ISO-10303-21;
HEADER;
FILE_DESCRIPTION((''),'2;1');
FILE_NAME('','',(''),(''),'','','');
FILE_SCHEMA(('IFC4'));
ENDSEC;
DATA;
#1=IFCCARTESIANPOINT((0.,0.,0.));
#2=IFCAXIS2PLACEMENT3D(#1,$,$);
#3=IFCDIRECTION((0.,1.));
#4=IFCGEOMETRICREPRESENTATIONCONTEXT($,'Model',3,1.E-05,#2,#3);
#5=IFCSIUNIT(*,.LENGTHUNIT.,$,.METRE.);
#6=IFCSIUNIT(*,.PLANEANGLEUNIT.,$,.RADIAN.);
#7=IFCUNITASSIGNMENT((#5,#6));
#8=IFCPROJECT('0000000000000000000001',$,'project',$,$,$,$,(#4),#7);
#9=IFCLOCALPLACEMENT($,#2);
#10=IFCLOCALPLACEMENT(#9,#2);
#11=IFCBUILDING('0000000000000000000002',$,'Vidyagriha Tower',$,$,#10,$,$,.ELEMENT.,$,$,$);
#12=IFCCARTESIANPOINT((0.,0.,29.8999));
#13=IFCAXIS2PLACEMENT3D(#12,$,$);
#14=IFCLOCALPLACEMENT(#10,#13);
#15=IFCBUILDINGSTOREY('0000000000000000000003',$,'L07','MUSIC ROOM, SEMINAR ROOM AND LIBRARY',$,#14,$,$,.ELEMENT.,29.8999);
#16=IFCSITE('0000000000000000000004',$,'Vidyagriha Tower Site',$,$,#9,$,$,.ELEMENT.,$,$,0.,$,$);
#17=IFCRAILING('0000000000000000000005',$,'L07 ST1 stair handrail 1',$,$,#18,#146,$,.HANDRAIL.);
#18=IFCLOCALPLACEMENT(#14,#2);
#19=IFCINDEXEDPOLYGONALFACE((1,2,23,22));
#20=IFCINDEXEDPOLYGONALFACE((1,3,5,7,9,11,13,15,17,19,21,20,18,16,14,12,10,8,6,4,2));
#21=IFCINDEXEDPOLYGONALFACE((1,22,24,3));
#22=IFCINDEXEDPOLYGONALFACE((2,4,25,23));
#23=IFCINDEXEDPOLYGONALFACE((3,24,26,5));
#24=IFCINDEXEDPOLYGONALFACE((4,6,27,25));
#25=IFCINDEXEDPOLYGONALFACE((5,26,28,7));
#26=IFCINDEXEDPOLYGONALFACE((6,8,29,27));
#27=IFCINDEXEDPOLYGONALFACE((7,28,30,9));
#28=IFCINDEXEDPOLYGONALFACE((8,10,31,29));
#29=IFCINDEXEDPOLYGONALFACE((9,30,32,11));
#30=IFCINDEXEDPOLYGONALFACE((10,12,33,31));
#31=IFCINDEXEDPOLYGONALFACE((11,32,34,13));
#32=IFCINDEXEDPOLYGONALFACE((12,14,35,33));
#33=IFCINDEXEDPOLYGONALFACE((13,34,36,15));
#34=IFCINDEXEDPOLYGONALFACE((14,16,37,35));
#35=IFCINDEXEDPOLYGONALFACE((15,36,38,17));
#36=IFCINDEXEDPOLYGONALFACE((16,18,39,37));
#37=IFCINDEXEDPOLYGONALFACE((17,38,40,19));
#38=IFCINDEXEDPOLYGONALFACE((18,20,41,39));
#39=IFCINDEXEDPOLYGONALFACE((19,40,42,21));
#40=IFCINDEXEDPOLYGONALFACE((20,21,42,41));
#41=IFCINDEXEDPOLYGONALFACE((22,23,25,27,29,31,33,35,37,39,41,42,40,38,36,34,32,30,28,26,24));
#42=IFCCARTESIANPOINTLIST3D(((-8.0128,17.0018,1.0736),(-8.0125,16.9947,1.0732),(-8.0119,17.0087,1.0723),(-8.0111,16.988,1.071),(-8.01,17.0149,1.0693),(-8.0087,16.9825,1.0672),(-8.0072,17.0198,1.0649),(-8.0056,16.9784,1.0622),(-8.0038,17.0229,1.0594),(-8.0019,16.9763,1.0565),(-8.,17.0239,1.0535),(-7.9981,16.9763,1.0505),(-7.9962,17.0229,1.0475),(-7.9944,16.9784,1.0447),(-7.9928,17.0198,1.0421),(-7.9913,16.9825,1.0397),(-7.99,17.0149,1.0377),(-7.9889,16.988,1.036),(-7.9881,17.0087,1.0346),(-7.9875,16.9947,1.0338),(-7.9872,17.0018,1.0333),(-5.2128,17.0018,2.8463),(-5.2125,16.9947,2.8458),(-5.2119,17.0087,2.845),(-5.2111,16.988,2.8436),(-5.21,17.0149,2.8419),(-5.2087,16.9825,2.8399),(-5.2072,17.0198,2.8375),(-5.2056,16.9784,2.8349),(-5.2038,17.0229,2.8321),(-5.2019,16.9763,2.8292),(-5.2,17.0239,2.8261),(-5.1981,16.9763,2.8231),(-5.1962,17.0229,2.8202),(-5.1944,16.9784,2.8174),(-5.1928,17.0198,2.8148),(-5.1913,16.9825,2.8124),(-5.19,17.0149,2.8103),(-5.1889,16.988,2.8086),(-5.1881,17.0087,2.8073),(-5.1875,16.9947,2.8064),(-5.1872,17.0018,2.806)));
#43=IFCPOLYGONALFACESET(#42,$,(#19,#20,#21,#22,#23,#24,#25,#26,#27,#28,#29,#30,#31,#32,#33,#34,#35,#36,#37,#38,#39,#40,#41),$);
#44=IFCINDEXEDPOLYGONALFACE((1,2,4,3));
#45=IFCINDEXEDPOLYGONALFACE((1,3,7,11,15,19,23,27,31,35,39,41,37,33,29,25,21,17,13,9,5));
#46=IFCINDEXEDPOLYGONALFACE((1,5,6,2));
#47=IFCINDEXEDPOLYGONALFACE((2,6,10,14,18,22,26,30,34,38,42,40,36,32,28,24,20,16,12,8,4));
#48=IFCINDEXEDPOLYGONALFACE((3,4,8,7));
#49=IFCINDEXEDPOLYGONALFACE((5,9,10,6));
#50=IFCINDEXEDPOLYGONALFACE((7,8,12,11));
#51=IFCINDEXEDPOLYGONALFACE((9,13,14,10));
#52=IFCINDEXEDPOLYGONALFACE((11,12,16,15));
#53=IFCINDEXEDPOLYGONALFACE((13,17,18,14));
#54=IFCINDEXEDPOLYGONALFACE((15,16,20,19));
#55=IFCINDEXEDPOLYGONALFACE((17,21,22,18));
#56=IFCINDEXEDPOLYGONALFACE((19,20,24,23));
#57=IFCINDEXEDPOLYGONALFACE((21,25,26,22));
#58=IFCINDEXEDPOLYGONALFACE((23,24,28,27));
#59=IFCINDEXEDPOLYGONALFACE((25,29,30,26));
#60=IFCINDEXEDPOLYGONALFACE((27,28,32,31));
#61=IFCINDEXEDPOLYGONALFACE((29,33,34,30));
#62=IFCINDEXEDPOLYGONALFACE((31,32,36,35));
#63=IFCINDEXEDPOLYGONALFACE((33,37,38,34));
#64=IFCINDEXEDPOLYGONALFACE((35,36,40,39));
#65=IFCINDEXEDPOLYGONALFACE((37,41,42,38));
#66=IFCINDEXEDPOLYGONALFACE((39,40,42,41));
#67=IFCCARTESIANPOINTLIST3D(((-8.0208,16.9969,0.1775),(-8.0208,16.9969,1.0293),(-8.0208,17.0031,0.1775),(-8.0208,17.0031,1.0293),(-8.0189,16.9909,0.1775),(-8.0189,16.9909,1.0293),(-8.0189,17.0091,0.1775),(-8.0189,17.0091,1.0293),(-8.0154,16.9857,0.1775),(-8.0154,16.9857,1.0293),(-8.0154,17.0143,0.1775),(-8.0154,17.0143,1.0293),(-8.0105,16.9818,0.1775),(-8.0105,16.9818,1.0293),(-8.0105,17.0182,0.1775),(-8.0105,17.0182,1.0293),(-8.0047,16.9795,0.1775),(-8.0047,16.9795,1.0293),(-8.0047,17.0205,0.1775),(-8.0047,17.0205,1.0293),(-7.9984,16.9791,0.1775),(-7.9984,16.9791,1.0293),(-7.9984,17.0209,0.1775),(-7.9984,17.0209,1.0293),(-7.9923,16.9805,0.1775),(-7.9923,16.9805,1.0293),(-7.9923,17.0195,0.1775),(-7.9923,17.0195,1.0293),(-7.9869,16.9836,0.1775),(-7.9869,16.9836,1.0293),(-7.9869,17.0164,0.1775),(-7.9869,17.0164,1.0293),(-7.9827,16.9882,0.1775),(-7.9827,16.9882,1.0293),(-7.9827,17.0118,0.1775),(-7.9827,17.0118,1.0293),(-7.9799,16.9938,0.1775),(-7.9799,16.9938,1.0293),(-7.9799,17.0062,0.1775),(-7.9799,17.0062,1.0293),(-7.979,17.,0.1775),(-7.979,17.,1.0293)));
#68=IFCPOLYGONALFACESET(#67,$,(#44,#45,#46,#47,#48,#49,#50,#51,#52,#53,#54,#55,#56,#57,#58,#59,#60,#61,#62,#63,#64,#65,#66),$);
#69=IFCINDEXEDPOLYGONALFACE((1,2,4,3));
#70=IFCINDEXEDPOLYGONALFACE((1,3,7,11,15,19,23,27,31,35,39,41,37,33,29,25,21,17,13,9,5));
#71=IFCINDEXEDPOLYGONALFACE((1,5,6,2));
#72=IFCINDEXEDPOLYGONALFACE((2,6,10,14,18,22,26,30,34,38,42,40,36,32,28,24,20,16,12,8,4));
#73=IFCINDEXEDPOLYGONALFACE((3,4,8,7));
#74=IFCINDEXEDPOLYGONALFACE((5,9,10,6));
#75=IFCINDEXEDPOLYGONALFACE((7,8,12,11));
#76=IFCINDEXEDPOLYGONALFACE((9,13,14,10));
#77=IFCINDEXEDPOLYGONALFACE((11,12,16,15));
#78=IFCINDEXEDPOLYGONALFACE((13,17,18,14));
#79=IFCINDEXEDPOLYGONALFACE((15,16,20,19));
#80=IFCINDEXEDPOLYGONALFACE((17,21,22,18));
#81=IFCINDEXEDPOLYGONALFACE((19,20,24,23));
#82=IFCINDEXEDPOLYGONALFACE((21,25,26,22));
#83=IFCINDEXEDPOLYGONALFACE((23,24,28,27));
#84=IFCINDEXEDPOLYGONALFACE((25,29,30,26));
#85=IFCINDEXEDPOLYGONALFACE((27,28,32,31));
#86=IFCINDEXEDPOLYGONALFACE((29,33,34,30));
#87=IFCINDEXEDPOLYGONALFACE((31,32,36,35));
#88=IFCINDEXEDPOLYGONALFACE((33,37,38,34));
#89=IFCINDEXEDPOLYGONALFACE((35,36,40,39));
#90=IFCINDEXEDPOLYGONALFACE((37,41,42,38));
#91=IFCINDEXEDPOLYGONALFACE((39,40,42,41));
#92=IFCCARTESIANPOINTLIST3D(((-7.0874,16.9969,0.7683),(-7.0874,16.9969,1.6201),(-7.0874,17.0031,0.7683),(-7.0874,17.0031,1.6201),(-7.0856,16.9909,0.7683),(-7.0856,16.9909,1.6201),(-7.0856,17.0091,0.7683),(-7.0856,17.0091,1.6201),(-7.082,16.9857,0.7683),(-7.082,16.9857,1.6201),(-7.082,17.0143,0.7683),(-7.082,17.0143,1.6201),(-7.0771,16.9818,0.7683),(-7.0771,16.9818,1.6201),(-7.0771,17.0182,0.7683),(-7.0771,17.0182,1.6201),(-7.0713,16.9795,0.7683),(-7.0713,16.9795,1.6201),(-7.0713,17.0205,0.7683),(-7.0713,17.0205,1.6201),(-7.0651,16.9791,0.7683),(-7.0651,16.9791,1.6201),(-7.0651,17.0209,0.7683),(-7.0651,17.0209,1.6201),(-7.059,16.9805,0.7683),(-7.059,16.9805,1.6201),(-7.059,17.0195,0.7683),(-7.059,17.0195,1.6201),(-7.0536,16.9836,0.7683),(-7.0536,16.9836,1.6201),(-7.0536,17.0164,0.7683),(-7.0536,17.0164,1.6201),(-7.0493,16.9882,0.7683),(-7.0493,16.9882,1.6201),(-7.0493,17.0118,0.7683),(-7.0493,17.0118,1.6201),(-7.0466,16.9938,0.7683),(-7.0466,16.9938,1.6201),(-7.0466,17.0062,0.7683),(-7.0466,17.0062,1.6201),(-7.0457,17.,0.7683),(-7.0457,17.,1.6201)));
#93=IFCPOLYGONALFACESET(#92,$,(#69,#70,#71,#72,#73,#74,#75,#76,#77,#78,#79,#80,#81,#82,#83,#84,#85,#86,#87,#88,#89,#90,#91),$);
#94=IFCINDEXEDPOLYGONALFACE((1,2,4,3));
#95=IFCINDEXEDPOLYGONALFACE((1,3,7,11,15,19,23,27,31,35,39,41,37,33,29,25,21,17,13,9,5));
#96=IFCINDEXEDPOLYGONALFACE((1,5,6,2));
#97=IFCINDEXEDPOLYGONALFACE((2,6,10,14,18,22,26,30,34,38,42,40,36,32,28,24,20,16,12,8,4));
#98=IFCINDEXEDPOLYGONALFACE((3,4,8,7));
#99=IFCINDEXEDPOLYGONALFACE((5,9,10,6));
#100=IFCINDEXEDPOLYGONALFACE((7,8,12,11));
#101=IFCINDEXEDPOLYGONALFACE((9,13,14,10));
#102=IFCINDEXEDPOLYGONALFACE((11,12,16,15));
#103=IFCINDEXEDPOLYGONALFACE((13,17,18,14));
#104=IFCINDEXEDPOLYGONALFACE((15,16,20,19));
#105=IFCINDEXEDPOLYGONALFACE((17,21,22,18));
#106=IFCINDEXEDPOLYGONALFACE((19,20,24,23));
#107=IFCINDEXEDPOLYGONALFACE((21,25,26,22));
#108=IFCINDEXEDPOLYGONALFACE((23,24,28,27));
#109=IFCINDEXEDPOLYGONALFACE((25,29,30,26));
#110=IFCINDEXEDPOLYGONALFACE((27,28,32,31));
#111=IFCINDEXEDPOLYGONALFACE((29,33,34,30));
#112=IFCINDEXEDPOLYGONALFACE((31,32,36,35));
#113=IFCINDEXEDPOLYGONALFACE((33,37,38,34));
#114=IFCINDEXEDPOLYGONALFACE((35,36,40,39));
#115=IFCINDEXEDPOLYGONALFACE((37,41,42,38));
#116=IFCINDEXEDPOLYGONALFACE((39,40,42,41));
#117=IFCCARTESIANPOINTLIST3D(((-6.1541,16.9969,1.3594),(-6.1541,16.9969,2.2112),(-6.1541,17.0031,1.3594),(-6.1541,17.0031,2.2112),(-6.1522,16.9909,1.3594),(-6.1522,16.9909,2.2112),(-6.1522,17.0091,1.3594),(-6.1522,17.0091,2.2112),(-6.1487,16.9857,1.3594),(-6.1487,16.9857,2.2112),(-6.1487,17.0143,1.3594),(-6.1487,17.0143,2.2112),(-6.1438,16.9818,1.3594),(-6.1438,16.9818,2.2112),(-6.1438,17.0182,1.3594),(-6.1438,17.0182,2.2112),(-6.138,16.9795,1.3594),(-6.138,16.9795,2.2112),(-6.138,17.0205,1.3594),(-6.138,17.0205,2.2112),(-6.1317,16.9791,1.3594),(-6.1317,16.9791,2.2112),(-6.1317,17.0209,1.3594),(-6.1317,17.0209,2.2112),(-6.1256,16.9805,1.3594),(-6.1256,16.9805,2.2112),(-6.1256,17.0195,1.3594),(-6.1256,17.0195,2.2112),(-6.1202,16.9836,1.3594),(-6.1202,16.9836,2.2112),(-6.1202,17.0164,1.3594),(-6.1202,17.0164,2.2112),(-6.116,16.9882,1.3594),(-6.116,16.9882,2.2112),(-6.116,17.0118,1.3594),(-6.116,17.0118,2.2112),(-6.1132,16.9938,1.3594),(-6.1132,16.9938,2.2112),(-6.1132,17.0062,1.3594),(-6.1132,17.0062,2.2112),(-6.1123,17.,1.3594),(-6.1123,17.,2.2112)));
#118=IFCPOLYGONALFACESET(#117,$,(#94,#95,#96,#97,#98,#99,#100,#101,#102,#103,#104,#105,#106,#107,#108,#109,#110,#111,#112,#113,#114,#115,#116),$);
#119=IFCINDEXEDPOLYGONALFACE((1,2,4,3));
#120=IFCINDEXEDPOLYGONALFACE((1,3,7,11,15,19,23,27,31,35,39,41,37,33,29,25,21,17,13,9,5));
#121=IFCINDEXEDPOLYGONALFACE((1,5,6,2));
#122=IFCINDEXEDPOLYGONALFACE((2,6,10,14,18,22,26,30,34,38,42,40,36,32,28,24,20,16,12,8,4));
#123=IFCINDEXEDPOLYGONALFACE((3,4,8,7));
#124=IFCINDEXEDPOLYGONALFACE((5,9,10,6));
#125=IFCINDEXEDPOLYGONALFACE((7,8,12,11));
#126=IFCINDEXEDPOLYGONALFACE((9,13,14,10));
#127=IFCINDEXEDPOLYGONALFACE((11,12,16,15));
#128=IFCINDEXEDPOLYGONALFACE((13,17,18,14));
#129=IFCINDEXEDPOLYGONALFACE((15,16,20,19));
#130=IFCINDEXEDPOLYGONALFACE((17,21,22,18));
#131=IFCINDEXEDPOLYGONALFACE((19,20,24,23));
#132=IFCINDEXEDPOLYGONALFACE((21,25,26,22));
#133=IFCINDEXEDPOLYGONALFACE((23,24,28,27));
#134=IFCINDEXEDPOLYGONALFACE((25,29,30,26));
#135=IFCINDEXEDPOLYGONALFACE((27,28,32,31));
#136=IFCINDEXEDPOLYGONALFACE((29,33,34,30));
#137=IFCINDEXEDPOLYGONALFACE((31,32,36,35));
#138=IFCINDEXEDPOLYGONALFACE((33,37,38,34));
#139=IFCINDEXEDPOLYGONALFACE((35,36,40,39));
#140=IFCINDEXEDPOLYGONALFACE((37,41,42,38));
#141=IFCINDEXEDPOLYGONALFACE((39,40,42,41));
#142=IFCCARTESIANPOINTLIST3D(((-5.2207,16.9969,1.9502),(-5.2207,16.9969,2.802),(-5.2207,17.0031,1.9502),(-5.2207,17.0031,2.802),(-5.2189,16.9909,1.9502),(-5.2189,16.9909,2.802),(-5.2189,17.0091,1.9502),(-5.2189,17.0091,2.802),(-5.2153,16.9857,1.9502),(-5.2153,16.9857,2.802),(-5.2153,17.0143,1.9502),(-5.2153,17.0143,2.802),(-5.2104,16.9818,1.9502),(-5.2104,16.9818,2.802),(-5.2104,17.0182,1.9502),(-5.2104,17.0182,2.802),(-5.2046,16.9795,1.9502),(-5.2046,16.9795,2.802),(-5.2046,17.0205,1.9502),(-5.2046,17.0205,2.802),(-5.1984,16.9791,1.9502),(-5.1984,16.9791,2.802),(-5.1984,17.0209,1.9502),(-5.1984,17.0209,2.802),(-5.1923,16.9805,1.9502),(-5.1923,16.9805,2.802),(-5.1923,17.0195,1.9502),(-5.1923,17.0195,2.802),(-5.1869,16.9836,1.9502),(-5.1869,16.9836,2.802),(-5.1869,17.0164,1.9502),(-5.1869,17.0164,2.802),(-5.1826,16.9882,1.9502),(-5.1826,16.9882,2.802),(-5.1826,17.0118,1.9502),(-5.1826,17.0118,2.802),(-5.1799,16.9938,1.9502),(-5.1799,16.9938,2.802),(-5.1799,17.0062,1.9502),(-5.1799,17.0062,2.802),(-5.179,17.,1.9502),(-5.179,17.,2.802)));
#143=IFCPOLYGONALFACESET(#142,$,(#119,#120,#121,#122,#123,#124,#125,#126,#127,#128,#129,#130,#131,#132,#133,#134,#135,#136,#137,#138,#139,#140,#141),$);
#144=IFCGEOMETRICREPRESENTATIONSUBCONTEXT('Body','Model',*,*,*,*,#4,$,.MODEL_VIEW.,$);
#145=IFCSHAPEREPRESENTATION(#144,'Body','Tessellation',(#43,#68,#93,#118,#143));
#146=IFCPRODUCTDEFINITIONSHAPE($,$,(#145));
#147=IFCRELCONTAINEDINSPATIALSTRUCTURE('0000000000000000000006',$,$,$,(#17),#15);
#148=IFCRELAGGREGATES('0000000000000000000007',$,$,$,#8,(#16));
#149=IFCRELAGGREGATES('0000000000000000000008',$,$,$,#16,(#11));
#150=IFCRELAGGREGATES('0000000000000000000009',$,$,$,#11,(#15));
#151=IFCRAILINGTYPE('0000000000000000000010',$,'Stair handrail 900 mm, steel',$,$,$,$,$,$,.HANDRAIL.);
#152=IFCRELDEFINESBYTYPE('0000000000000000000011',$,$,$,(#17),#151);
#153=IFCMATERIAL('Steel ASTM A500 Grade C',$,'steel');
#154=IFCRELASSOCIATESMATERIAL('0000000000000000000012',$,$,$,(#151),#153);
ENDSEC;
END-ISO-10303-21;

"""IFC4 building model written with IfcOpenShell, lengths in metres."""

from ifc_helpers import new_model, si_unit, direction, frame, origin, origin_2d, place, context, subcontext, project, spatial, circle, extrude, material, type_object, element, save


model = new_model("IFC4")

# Units and contexts
model_context = context("Model", 3, precision=1e-05, world=origin(), true_north=direction((0.0, 1.0)))
body_context = subcontext(model_context, "Body", "Model", "MODEL_VIEW")
ifc_project = project(units=[si_unit("LENGTHUNIT", "METRE"), si_unit("PLANEANGLEUNIT", "RADIAN")], contexts=[model_context])

# Site, building, storey
site_placement = place(None, origin())
site = spatial("IfcSite", under=ifc_project, at=site_placement, Name="Vidyagriha Tower Site", CompositionType="ELEMENT", RefElevation=0.0)
building_placement = place(site_placement, origin())
building = spatial("IfcBuilding", under=site, at=building_placement, Name="Vidyagriha Tower", CompositionType="ELEMENT")
storey_placement = place(building_placement, frame((0.0, 0.0, 29.8999)))
storey = spatial("IfcBuildingStorey", under=building, at=storey_placement, Name="L07", Description="MUSIC ROOM, SEMINAR ROOM AND LIBRARY", CompositionType="ELEMENT", Elevation=29.8999)

# Railing
ifc_material_1 = material(Name="Steel ASTM A500 Grade C", Category="steel")
railing_type_1 = type_object("IfcRailingType", Name="Stair handrail 900 mm, steel", PredefinedType="HANDRAIL", material=ifc_material_1)
railing_1_placement = place(storey_placement, frame((-8.0, 17.0, 0.1775)))
element("IfcRailing", 1, at=railing_1_placement, inside=storey, type_object=railing_type_1, Name="L07 ST1 stair handrail 1", PredefinedType="HANDRAIL", context=body_context, shape_type="SweptSolid", body=[
    extrude(circle(Radius=0.0239, at=origin_2d()), frame((0.0, 0.0, 0.876), z_axis=(0.844909, 0.0, 0.53491), x_axis=(0.0, 1.0, 0.0)), (0.0, 0.0, 1.0), 3.314),
    extrude(circle(Radius=0.021, at=origin_2d()), origin(), (0.0, 0.0, 1.0), 0.8518),
    extrude(circle(Radius=0.021, at=origin_2d()), frame((0.9333, 0.0, 0.5908)), (0.0, 0.0, 1.0), 0.8518),
    extrude(circle(Radius=0.021, at=origin_2d()), frame((1.8667, 0.0, 1.1819)), (0.0, 0.0, 1.0), 0.8518),
    extrude(circle(Radius=0.021, at=origin_2d()), frame((2.8, 0.0, 1.7727)), (0.0, 0.0, 1.0), 0.8518),
])

save(model, "model.ifc")
